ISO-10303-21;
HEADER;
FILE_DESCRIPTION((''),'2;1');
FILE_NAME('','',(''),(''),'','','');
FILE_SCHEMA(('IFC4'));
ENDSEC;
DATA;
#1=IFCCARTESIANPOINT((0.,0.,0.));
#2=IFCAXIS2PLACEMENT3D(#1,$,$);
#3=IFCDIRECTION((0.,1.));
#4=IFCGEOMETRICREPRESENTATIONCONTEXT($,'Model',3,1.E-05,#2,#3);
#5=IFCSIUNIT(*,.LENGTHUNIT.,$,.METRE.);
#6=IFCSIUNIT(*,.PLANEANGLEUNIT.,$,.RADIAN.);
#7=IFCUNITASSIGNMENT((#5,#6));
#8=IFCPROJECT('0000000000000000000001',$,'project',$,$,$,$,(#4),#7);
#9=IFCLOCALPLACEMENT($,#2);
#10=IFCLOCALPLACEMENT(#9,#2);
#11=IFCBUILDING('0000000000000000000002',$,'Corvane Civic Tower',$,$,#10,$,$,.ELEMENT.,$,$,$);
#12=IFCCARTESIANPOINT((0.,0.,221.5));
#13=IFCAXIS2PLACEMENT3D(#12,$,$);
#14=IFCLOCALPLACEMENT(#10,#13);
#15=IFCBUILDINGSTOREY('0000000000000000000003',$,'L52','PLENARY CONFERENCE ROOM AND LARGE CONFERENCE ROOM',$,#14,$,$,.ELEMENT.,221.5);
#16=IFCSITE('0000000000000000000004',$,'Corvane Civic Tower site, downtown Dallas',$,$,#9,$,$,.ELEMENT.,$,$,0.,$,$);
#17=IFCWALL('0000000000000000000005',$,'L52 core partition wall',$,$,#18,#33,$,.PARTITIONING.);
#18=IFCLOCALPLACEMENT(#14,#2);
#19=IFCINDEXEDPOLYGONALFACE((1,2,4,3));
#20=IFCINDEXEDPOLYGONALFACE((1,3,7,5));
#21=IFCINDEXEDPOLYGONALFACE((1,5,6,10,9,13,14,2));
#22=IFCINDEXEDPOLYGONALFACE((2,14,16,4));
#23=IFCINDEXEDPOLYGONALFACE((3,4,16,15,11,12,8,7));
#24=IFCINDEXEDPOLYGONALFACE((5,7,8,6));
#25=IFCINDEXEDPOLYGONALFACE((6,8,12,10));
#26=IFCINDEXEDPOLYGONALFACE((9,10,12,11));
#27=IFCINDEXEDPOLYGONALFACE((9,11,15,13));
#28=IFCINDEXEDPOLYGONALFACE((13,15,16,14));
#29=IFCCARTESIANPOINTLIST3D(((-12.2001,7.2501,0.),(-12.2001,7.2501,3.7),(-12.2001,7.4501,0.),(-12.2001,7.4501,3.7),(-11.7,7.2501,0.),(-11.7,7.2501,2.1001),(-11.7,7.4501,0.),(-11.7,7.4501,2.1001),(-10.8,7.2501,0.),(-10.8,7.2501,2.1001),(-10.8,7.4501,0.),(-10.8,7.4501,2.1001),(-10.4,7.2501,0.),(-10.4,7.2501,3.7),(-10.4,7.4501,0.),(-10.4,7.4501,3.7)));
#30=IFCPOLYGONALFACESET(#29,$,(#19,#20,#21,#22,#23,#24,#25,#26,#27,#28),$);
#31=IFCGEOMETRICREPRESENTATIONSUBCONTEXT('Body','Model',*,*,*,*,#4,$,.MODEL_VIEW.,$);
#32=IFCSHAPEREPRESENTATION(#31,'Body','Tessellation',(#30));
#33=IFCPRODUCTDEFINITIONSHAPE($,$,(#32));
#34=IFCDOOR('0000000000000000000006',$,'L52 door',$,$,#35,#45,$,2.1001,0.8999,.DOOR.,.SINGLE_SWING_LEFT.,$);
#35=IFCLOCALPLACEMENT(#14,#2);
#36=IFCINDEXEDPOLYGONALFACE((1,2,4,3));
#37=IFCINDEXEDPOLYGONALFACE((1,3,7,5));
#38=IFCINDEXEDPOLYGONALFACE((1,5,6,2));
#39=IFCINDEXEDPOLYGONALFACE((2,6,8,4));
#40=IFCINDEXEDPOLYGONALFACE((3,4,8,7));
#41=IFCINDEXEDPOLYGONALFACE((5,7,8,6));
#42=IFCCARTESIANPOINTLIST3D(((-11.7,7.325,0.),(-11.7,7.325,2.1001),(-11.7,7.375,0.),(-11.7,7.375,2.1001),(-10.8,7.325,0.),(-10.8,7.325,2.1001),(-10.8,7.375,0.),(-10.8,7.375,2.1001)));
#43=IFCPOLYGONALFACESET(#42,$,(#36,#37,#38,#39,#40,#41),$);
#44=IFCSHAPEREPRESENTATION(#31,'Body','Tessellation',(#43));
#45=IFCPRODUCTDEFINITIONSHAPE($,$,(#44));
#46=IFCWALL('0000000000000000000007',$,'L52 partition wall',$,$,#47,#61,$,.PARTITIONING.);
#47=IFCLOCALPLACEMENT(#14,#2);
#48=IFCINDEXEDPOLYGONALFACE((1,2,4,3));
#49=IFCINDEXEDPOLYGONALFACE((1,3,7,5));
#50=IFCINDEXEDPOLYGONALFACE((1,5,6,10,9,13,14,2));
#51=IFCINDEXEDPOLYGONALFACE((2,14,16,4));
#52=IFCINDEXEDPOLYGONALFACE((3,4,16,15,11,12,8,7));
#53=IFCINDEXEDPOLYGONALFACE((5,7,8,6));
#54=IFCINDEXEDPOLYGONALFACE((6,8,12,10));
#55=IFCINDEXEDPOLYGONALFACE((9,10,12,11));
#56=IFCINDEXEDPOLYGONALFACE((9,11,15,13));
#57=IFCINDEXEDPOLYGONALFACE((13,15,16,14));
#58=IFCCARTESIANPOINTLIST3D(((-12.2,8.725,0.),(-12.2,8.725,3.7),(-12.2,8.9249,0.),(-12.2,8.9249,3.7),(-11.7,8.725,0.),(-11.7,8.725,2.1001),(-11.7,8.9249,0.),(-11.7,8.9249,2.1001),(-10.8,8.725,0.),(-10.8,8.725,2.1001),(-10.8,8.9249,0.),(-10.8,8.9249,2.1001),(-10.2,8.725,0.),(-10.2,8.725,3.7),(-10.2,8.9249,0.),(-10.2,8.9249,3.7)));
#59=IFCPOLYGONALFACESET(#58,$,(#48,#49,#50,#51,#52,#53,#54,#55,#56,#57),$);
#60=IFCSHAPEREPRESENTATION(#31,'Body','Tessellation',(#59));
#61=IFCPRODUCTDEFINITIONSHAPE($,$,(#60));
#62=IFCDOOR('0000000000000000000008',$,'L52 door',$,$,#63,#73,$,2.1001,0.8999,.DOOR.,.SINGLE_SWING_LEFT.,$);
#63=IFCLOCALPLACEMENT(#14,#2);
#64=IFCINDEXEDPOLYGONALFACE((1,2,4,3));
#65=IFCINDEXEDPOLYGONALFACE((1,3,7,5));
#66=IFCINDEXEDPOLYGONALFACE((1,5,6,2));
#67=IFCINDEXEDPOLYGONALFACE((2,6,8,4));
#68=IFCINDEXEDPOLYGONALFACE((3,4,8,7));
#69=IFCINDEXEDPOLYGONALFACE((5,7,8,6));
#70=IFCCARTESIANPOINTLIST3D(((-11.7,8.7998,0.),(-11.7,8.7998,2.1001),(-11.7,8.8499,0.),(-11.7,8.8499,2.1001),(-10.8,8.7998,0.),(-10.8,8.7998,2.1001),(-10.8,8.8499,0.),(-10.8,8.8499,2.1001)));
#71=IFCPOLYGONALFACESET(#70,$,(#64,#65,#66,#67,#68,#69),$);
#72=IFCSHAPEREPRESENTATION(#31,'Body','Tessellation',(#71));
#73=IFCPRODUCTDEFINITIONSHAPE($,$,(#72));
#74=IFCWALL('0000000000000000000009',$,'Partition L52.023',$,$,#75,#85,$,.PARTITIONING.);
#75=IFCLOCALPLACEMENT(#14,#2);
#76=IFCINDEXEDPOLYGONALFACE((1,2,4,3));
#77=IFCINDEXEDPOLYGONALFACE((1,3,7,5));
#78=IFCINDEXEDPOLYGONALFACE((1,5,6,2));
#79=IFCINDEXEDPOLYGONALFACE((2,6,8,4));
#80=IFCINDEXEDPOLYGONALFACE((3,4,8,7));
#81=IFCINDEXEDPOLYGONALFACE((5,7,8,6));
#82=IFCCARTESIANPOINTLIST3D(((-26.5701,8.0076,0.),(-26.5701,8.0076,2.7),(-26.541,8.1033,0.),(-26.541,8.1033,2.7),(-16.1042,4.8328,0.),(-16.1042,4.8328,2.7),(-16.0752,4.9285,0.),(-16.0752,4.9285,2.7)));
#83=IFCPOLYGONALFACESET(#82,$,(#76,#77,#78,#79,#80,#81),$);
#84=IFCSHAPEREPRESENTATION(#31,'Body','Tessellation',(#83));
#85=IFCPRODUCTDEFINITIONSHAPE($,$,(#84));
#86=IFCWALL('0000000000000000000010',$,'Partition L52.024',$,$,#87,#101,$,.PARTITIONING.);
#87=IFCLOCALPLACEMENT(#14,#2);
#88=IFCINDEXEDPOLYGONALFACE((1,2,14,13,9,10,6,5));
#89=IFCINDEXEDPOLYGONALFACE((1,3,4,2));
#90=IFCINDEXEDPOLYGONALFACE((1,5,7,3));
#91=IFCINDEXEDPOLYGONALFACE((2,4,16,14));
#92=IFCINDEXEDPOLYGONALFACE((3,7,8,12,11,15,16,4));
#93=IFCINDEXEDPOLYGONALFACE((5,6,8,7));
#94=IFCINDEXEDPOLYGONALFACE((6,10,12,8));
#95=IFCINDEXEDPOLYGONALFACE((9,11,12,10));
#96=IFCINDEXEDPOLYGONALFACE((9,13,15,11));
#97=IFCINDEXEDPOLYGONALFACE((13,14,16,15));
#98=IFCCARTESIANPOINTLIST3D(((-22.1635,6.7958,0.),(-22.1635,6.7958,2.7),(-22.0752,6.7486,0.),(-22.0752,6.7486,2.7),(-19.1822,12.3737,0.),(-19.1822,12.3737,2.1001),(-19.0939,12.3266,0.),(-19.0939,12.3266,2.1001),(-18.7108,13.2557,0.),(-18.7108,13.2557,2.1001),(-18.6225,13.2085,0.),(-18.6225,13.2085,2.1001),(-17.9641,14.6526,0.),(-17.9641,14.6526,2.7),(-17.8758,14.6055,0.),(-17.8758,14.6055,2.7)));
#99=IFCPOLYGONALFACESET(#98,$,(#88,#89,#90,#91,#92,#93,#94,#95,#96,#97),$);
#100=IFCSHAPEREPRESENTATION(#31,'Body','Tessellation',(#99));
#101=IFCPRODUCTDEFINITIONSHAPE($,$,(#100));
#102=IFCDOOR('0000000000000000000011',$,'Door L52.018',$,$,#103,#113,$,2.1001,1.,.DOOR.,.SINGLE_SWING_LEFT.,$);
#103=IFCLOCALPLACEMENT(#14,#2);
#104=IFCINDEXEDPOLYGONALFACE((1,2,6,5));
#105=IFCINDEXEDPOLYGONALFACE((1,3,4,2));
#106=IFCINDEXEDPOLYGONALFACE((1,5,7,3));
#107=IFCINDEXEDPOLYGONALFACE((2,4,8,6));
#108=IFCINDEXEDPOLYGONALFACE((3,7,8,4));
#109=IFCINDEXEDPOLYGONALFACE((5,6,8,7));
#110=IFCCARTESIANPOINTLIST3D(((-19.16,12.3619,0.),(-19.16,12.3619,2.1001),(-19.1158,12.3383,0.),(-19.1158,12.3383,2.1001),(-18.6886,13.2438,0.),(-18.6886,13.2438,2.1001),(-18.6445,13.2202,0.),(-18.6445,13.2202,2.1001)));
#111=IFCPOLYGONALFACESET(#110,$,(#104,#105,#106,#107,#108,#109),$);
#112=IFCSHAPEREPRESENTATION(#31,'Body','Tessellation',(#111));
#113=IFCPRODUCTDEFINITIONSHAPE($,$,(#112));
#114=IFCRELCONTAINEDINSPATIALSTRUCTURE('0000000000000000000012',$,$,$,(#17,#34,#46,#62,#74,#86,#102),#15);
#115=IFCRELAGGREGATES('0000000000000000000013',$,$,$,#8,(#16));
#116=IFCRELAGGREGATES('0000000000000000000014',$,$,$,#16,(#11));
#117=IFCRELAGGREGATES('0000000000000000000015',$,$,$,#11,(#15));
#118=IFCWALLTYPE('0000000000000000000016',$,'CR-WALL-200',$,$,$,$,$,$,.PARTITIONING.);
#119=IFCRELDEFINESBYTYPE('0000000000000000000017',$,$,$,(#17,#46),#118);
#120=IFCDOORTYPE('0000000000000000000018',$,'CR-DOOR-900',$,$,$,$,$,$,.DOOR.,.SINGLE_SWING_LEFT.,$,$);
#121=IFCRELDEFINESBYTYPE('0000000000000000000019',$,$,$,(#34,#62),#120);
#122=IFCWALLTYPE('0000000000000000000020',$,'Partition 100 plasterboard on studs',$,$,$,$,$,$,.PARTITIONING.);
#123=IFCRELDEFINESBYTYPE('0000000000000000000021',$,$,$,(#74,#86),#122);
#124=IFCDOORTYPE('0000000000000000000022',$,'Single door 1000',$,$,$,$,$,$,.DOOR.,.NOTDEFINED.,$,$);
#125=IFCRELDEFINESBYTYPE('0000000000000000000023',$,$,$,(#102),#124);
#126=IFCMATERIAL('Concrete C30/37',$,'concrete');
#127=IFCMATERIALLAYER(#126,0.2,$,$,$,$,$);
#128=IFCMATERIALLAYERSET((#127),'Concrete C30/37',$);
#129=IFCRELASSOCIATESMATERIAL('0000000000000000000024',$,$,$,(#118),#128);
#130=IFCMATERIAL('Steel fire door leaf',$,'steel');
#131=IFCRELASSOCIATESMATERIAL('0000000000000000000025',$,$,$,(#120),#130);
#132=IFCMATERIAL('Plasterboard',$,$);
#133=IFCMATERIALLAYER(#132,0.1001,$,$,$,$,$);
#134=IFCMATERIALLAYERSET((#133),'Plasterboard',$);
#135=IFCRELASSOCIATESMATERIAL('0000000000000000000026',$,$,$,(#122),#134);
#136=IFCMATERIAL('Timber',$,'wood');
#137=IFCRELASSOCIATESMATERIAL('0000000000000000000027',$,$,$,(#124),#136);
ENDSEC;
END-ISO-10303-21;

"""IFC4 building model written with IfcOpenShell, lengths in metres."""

from ifc_helpers import new_model, si_unit, direction, frame, frame_2d, origin, place, context, subcontext, project, spatial, rectangle, extrude, material, layer, layer_set, type_object, element, fill, save


model = new_model("IFC4")

# Units and contexts
model_context = context("Model", 3, precision=1e-05, world=origin(), true_north=direction((0.0, 1.0)))
body_context = subcontext(model_context, "Body", "Model", "MODEL_VIEW")
ifc_project = project(units=[si_unit("LENGTHUNIT", "METRE"), si_unit("PLANEANGLEUNIT", "RADIAN")], contexts=[model_context])

# Site, building, storey
site_placement = place(None, origin())
site = spatial("IfcSite", under=ifc_project, at=site_placement, Name="Corvane Civic Tower site, downtown Dallas", CompositionType="ELEMENT", RefElevation=0.0)
building_placement = place(site_placement, origin())
building = spatial("IfcBuilding", under=site, at=building_placement, Name="Corvane Civic Tower", CompositionType="ELEMENT")
storey_placement = place(building_placement, frame((0.0, 0.0, 221.5)))
storey = spatial("IfcBuildingStorey", under=building, at=storey_placement, Name="L52", Description="PLENARY CONFERENCE ROOM AND LARGE CONFERENCE ROOM", CompositionType="ELEMENT", Elevation=221.5)

# Shared definitions
ifc_material_1 = material(Name="Concrete C30/37", Category="concrete")
ifc_layer_1 = layer(ifc_material_1, 0.2)
ifc_layer_set_1 = layer_set([ifc_layer_1], Name="Concrete C30/37")
wall_type_1 = type_object("IfcWallType", Name="CR-WALL-200", PredefinedType="PARTITIONING", material=ifc_layer_set_1)
ifc_material_2 = material(Name="Steel fire door leaf", Category="steel")
door_type_1 = type_object("IfcDoorType", Name="CR-DOOR-900", OperationType="SINGLE_SWING_LEFT", PredefinedType="DOOR", material=ifc_material_2)

# Walls, openings, doors
wall_1_placement = place(storey_placement, frame((-12.2, 7.3501, 0.0), z_axis=(0.0, 0.0, 1.0), x_axis=(1.0, 0.0, 0.0)))
wall_1 = element("IfcWall", 1, at=wall_1_placement, inside=storey, type_object=wall_type_1, Name="L52 core partition wall", PredefinedType="PARTITIONING", context=body_context, shape_type="SweptSolid", body=[
    extrude(rectangle(XDim=1.8, YDim=0.2, at=frame_2d((0.8999, 0.0))), origin(), (0.0, 0.0, 1.0), 3.7),
])
opening_1_placement = place(wall_1_placement, frame((0.5, 0.0, 0.0)))
opening_1 = element("IfcOpeningElement", 2, at=opening_1_placement, cuts=wall_1, PredefinedType="OPENING", context=body_context, shape_type="SweptSolid", body=[
    extrude(rectangle(XDim=0.8999, YDim=2.1001, at=frame_2d((0.45, 1.05))), frame((0.0, 0.1099, 0.0), z_axis=(0.0, -1.0, 0.0), x_axis=(1.0, 0.0, 0.0)), (0.0, 0.0, 1.0), 0.22),
])
door_1_placement = place(opening_1_placement, origin())
door_1 = element("IfcDoor", 3, at=door_1_placement, inside=storey, type_object=door_type_1, Name="L52 door", OperationType="SINGLE_SWING_LEFT", OverallHeight=2.1001, OverallWidth=0.8999, PredefinedType="DOOR", context=body_context, shape_type="SweptSolid", body=[
    extrude(rectangle(XDim=0.8999, YDim=2.1001, at=frame_2d((0.45, 1.05))), frame((0.0, 0.0249, 0.0), z_axis=(0.0, -1.0, 0.0), x_axis=(1.0, 0.0, 0.0)), (0.0, 0.0, 1.0), 0.05),
])
fill(opening_1, door_1)
wall_2_placement = place(storey_placement, frame((-12.2, 8.825, 0.0), z_axis=(0.0, 0.0, 1.0), x_axis=(1.0, 0.0, 0.0)))
wall_2 = element("IfcWall", 4, at=wall_2_placement, inside=storey, type_object=wall_type_1, Name="L52 partition wall", PredefinedType="PARTITIONING", context=body_context, shape_type="SweptSolid", body=[
    extrude(rectangle(XDim=2.0, YDim=0.2, at=frame_2d((1.0, 0.0))), origin(), (0.0, 0.0, 1.0), 3.7),
])
opening_2_placement = place(wall_2_placement, frame((0.5, 0.0, 0.0)))
opening_2 = element("IfcOpeningElement", 5, at=opening_2_placement, cuts=wall_2, PredefinedType="OPENING", context=body_context, shape_type="SweptSolid", body=[
    extrude(rectangle(XDim=0.8999, YDim=2.1001, at=frame_2d((0.45, 1.05))), frame((0.0, 0.1099, 0.0), z_axis=(0.0, -1.0, 0.0), x_axis=(1.0, 0.0, 0.0)), (0.0, 0.0, 1.0), 0.22),
])
door_2_placement = place(opening_2_placement, origin())
door_2 = element("IfcDoor", 6, at=door_2_placement, inside=storey, type_object=door_type_1, Name="L52 door", OperationType="SINGLE_SWING_LEFT", OverallHeight=2.1001, OverallWidth=0.8999, PredefinedType="DOOR", context=body_context, shape_type="SweptSolid", body=[
    extrude(rectangle(XDim=0.8999, YDim=2.1001, at=frame_2d((0.45, 1.05))), frame((0.0, 0.0249, 0.0), z_axis=(0.0, -1.0, 0.0), x_axis=(1.0, 0.0, 0.0)), (0.0, 0.0, 1.0), 0.05),
])
fill(opening_2, door_2)

# Wall
ifc_material_3 = material(Name="Plasterboard")
ifc_layer_2 = layer(ifc_material_3, 0.1001)
ifc_layer_set_2 = layer_set([ifc_layer_2], Name="Plasterboard")
wall_type_2 = type_object("IfcWallType", Name="Partition 100 plasterboard on studs", PredefinedType="PARTITIONING", material=ifc_layer_set_2)
wall_3_placement = place(storey_placement, frame((-26.5554, 8.0554, 0.0), z_axis=(0.0, 0.0, 1.0), x_axis=(0.95694, -0.290287, 0.0)))
element("IfcWall", 7, at=wall_3_placement, inside=storey, type_object=wall_type_2, Name="Partition L52.023", PredefinedType="PARTITIONING", context=body_context, shape_type="SweptSolid", body=[
    extrude(rectangle(XDim=10.9368, YDim=0.1001, at=frame_2d((5.4683, 0.0))), origin(), (0.0, 0.0, 1.0), 2.7),
])

# Wall, opening, door
wall_4_placement = place(storey_placement, frame((-22.1194, 6.7722, 0.0), z_axis=(0.0, 0.0, 1.0), x_axis=(0.471383, 0.881929, 0.0)))
wall_4 = element("IfcWall", 8, at=wall_4_placement, inside=storey, type_object=wall_type_2, Name="Partition L52.024", PredefinedType="PARTITIONING", context=body_context, shape_type="SweptSolid", body=[
    extrude(rectangle(XDim=8.9087, YDim=0.1001, at=frame_2d((4.4543, 0.0))), origin(), (0.0, 0.0, 1.0), 2.7),
])
opening_3_placement = place(wall_4_placement, frame((6.3247, 0.0, 0.0)))
opening_3 = element("IfcOpeningElement", 9, at=opening_3_placement, cuts=wall_4, PredefinedType="OPENING", context=body_context, shape_type="SweptSolid", body=[
    extrude(rectangle(XDim=1.0, YDim=2.1001, at=frame_2d((0.5, 1.05))), frame((0.0, 0.0601, 0.0), z_axis=(0.0, -1.0, 0.0), x_axis=(1.0, 0.0, 0.0)), (0.0, 0.0, 1.0), 0.1201),
])
ifc_material_4 = material(Name="Timber", Category="wood")
door_type_2 = type_object("IfcDoorType", Name="Single door 1000", OperationType="NOTDEFINED", PredefinedType="DOOR", material=ifc_material_4)
door_3_placement = place(opening_3_placement, origin())
door_3 = element("IfcDoor", 10, at=door_3_placement, inside=storey, type_object=door_type_2, Name="Door L52.018", OperationType="SINGLE_SWING_LEFT", OverallHeight=2.1001, OverallWidth=1.0, PredefinedType="DOOR", context=body_context, shape_type="SweptSolid", body=[
    extrude(rectangle(XDim=1.0, YDim=2.1001, at=frame_2d((0.5, 1.05))), frame((0.0, 0.0249, 0.0), z_axis=(0.0, -1.0, 0.0), x_axis=(1.0, 0.0, 0.0)), (0.0, 0.0, 1.0), 0.05),
])
fill(opening_3, door_3)

save(model, "model.ifc")
